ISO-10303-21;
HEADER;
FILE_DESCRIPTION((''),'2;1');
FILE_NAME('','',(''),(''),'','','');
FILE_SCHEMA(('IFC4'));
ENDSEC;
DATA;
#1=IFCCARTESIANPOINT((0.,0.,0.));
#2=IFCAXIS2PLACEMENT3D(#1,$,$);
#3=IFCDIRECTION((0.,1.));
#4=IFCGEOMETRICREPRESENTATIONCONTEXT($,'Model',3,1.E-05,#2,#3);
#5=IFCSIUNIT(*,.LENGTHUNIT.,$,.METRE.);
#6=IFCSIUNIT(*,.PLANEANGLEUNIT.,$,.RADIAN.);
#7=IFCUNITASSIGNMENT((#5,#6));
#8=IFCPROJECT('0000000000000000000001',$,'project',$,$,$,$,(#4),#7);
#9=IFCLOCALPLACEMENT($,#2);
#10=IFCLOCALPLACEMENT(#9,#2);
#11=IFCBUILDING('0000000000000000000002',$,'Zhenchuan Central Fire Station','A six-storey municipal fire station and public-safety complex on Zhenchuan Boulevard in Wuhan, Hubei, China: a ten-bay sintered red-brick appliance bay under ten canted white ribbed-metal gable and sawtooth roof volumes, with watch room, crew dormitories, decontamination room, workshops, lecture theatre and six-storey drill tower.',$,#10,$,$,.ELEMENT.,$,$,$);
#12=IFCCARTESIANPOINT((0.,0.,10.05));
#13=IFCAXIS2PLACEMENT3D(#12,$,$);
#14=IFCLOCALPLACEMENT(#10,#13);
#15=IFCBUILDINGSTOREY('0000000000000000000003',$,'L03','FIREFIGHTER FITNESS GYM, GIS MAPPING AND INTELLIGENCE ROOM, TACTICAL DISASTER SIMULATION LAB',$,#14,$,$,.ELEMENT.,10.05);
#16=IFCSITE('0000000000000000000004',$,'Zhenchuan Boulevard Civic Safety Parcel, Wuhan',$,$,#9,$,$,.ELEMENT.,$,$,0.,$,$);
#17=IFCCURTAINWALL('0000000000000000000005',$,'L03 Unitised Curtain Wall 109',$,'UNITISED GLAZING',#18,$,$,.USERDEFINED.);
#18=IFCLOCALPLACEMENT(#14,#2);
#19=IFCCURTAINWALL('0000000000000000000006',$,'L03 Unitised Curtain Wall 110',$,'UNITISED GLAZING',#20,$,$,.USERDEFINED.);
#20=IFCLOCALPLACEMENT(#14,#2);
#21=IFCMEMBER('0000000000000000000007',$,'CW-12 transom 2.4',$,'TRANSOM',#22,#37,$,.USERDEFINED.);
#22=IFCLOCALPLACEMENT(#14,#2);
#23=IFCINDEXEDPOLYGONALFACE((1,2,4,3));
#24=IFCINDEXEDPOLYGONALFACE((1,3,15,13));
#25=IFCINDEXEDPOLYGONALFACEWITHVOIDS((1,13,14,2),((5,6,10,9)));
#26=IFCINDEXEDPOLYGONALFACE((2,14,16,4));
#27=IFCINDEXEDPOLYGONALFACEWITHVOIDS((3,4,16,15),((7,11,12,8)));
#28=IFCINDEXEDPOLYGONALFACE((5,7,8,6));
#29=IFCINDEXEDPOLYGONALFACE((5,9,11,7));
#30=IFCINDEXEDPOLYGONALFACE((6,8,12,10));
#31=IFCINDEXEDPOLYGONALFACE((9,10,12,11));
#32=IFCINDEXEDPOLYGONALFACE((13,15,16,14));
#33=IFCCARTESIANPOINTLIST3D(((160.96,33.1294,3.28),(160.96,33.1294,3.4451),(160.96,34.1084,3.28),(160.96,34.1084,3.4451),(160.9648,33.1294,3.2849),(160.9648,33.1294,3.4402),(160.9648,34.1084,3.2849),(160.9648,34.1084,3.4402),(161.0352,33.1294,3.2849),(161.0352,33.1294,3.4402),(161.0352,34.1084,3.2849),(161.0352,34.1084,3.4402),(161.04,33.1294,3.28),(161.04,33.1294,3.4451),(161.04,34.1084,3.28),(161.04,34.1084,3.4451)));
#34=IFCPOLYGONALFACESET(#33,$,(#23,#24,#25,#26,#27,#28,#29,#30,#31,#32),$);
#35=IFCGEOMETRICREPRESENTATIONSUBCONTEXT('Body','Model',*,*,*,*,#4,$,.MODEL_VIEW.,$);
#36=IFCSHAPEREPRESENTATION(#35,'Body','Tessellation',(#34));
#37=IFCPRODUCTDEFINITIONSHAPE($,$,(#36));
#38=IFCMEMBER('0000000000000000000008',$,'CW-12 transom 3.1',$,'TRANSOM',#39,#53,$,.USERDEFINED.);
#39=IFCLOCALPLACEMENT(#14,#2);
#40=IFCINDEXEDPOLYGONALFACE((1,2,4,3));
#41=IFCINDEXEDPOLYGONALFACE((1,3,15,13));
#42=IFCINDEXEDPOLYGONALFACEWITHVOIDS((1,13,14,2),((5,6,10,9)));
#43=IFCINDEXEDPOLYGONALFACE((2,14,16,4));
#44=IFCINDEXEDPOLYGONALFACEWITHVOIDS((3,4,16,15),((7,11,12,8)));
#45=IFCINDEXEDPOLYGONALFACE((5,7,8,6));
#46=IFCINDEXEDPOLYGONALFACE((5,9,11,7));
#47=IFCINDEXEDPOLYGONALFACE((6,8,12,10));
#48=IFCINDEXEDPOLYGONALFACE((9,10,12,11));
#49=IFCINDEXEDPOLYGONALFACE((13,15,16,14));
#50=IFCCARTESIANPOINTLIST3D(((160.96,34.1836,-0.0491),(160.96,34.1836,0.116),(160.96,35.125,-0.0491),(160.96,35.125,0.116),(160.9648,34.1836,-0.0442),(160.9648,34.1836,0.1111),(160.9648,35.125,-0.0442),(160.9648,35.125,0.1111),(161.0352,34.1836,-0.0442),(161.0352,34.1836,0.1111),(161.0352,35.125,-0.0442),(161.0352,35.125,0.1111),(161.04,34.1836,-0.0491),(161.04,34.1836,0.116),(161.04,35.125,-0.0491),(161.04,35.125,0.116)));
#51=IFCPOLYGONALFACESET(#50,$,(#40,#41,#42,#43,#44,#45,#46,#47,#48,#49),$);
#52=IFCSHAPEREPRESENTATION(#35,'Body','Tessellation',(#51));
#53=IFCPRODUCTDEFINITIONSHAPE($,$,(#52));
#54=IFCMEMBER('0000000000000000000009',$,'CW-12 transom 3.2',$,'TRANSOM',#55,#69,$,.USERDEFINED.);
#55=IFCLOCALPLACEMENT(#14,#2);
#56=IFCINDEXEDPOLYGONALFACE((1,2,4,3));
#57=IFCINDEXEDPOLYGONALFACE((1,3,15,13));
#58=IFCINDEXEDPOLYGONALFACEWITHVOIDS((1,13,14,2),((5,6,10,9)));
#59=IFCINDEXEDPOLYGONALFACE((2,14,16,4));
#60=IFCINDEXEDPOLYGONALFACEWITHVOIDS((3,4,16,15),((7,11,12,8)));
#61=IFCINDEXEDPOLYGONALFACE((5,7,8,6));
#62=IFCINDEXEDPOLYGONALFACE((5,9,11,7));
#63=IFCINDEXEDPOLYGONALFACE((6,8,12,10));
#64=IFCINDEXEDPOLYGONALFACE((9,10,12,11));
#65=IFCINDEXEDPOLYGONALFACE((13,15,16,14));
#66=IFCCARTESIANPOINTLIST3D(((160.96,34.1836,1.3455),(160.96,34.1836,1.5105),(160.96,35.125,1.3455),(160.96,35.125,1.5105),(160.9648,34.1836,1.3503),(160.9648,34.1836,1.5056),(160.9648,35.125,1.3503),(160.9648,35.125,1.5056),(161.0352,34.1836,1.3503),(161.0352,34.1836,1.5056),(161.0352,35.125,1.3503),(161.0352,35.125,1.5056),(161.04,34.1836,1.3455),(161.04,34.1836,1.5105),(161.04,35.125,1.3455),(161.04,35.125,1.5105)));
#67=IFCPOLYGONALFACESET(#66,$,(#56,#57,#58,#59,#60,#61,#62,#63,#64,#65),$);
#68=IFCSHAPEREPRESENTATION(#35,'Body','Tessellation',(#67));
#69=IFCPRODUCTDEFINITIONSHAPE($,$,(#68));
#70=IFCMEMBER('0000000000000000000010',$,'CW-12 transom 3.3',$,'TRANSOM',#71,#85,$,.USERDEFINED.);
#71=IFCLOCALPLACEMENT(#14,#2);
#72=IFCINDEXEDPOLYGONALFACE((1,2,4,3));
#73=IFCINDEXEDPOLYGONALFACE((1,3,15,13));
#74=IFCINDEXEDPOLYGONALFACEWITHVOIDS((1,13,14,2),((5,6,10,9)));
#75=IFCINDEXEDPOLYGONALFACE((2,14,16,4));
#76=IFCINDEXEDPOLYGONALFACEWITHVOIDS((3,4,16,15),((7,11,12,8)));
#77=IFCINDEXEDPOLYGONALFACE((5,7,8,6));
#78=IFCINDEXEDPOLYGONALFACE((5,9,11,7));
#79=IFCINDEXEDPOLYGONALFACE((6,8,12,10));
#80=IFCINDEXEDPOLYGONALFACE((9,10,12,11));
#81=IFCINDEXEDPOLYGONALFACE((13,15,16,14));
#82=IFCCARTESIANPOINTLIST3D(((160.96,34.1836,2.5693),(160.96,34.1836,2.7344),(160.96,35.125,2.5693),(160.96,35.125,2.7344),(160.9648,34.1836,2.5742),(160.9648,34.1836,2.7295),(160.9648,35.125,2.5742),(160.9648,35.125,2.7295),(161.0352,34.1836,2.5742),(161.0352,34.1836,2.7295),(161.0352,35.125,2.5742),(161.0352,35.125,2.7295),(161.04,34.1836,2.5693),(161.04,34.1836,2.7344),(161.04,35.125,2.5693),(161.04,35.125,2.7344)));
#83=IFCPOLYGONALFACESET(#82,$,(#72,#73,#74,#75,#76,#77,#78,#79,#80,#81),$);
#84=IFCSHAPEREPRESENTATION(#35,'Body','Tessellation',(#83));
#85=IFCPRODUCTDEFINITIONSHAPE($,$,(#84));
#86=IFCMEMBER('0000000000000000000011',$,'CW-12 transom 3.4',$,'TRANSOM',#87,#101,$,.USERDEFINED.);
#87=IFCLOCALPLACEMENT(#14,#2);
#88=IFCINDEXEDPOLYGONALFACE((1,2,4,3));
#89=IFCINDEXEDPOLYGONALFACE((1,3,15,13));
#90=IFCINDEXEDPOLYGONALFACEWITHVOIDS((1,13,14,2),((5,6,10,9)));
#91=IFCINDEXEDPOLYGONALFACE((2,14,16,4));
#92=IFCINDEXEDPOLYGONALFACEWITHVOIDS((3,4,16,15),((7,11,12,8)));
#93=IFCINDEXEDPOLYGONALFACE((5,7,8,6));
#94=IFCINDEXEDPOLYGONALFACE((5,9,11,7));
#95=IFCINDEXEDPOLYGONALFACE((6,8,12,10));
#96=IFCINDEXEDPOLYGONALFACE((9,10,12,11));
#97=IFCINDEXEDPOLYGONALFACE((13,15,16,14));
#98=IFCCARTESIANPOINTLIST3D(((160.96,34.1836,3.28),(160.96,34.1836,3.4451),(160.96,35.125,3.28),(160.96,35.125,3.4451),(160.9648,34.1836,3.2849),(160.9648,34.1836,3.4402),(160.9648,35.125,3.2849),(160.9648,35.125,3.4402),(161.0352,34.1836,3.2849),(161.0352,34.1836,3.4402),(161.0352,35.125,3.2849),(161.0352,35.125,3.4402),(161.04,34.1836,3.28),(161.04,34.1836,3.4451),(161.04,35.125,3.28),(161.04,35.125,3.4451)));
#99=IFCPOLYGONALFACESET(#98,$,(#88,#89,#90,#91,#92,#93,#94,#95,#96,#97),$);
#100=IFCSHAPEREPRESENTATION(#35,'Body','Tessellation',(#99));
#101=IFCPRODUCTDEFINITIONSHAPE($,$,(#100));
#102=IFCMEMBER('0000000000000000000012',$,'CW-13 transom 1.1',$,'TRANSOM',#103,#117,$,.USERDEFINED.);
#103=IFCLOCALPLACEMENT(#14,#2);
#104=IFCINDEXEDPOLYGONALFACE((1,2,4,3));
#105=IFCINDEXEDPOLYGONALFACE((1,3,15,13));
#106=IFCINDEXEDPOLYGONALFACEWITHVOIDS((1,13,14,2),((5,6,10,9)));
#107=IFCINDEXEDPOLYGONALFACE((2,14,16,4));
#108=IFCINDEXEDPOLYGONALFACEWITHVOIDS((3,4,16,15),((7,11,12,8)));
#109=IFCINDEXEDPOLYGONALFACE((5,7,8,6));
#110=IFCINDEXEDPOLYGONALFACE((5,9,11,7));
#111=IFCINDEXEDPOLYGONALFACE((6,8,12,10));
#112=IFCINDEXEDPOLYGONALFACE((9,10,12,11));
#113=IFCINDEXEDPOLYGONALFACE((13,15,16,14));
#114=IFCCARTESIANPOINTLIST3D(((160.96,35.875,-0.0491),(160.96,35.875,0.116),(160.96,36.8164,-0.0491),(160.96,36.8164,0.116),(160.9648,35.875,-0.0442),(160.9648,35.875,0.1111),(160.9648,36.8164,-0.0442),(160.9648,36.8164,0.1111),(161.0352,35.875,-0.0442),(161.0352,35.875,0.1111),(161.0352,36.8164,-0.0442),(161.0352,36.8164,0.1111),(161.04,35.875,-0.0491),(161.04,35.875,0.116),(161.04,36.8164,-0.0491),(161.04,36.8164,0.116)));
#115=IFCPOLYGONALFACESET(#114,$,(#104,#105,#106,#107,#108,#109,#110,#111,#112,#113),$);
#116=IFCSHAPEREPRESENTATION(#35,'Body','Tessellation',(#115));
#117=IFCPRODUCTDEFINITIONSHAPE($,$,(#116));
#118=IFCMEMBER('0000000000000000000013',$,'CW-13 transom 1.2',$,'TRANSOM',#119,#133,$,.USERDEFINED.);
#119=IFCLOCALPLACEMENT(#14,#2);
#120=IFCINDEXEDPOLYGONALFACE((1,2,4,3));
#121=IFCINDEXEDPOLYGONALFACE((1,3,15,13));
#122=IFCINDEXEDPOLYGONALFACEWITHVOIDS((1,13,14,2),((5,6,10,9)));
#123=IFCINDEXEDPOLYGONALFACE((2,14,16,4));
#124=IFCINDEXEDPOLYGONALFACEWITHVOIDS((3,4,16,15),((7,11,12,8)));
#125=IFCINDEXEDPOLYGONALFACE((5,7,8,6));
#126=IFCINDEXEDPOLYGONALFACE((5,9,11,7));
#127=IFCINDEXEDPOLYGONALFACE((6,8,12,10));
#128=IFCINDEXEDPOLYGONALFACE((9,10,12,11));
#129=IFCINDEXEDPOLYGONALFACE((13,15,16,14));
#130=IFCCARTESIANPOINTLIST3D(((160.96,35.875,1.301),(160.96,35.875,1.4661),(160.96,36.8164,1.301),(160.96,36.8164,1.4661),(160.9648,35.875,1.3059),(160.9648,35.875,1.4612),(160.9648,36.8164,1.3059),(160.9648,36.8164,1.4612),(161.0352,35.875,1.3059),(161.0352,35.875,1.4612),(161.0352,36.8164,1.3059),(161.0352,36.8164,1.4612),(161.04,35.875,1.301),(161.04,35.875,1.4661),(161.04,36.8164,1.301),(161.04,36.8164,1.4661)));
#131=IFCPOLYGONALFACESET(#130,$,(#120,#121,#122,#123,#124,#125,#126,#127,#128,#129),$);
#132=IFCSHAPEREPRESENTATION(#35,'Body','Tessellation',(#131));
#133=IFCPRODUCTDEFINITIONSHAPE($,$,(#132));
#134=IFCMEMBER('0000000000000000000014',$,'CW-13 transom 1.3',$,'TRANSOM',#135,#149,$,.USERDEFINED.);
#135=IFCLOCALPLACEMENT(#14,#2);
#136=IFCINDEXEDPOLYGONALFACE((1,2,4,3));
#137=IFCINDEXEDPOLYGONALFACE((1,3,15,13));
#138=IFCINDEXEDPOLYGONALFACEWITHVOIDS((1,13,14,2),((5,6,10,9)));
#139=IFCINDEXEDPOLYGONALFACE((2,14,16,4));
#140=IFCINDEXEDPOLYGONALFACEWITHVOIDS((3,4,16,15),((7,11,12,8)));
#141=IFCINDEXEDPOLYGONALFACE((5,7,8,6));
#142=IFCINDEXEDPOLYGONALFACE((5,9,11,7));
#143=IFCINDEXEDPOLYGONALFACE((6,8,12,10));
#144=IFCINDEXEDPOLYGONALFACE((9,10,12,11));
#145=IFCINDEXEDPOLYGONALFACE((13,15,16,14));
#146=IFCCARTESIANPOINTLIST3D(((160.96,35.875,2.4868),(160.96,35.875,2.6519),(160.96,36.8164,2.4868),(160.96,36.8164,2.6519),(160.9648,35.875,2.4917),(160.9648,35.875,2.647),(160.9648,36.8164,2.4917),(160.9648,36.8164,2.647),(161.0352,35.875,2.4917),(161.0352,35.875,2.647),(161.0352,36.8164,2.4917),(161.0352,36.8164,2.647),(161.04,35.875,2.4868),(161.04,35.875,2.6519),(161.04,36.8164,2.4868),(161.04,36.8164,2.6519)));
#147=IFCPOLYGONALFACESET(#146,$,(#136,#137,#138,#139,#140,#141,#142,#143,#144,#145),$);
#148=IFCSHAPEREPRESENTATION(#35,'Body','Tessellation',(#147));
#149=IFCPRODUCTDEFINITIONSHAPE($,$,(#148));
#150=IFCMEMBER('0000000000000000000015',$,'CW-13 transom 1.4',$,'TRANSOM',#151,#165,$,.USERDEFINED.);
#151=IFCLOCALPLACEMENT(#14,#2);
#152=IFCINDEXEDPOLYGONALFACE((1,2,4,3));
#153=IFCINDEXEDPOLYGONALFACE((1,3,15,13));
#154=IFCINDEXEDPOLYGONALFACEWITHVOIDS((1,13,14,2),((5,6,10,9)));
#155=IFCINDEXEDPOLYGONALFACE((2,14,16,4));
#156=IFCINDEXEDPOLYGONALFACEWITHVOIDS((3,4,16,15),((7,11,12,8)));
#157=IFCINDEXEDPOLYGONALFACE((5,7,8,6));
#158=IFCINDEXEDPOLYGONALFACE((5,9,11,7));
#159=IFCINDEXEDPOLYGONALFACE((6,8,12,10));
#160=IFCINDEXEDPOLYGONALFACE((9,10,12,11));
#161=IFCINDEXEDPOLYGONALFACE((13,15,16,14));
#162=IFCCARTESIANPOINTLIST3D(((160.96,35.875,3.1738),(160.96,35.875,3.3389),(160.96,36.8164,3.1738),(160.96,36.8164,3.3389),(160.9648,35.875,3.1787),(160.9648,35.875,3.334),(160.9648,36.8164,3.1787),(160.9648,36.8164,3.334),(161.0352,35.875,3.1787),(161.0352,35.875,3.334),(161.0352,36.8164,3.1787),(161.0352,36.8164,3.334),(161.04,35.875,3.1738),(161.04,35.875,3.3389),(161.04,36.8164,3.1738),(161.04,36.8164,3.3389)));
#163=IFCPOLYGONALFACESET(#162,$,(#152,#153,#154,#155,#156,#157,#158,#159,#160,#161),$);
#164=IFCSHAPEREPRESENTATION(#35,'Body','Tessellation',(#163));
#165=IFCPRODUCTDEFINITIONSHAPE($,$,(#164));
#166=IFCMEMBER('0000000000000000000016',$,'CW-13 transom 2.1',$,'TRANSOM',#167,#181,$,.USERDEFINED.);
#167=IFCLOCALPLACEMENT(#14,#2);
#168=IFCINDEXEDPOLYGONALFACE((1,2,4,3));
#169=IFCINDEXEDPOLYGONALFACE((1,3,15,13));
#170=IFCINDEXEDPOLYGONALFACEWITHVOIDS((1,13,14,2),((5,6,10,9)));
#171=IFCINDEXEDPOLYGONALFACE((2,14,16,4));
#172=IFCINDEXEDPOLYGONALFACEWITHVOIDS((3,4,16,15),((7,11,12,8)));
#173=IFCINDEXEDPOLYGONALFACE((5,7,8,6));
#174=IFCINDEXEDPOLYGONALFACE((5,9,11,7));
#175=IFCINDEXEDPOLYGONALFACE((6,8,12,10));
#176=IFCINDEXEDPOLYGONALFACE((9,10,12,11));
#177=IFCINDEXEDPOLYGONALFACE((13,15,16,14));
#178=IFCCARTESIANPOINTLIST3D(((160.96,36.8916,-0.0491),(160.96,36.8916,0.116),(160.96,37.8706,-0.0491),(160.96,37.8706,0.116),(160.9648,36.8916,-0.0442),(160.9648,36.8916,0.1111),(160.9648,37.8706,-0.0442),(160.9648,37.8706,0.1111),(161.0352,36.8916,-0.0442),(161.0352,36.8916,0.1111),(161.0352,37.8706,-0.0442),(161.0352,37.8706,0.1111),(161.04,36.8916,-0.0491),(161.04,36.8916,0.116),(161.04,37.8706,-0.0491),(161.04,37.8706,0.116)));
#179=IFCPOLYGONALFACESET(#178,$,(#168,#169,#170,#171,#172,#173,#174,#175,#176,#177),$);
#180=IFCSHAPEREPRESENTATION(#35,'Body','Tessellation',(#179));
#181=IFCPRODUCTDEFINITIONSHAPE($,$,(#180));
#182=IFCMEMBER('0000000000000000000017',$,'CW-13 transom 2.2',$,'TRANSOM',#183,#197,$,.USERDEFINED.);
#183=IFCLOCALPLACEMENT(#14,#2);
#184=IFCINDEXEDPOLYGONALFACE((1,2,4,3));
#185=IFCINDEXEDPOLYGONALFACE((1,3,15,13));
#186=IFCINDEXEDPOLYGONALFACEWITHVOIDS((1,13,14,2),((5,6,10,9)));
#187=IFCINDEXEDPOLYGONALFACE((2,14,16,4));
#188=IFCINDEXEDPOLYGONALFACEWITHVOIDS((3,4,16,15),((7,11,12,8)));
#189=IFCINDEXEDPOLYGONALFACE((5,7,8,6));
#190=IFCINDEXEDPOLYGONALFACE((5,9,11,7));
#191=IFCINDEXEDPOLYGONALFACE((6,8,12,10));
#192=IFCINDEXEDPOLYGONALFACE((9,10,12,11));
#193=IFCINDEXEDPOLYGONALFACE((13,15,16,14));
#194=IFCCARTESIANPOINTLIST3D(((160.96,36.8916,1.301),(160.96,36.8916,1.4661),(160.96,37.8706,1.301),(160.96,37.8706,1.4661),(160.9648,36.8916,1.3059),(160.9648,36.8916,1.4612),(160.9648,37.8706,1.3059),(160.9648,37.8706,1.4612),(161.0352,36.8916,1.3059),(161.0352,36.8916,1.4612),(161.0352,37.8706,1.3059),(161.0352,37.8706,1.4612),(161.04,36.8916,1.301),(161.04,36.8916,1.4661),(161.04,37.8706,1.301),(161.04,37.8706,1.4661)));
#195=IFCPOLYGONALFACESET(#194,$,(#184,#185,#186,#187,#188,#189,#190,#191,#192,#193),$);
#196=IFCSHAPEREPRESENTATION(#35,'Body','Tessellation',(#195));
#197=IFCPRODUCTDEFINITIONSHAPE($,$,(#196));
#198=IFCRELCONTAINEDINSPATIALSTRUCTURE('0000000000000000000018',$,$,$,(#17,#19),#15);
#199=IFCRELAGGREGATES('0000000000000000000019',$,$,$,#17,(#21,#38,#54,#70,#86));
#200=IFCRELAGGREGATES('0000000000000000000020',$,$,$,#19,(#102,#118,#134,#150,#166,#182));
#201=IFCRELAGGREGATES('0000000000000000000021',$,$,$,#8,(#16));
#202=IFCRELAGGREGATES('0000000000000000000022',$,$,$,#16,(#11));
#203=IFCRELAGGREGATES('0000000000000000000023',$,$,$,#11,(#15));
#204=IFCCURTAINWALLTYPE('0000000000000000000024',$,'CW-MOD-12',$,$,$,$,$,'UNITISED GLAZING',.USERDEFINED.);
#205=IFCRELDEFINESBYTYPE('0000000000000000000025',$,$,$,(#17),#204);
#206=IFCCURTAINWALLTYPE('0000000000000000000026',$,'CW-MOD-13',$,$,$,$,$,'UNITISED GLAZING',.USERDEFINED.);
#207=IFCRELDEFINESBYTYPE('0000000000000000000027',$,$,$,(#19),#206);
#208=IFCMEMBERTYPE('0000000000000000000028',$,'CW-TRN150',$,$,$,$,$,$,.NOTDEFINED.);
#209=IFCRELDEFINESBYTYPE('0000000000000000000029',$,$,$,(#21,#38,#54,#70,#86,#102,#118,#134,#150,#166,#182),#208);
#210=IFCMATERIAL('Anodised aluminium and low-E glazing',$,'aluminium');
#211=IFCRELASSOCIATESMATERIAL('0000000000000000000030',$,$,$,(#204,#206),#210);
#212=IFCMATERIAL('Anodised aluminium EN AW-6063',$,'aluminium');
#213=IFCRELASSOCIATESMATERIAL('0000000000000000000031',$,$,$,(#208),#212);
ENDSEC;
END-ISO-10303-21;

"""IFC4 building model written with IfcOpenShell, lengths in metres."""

from ifc_helpers import new_model, si_unit, direction, frame, origin, origin_2d, place, context, subcontext, project, spatial, hollow_rectangle, extrude, material, material_profile, profile_set, type_object, element, aggregate, save


model = new_model("IFC4")

# Units and contexts
model_context = context("Model", 3, precision=1e-05, world=origin(), true_north=direction((0.0, 1.0)))
body_context = subcontext(model_context, "Body", "Model", "MODEL_VIEW")
ifc_project = project(units=[si_unit("LENGTHUNIT", "METRE"), si_unit("PLANEANGLEUNIT", "RADIAN")], contexts=[model_context])

# Site, building, storey
site_placement = place(None, origin())
site = spatial("IfcSite", under=ifc_project, at=site_placement, Name="Zhenchuan Boulevard Civic Safety Parcel, Wuhan", CompositionType="ELEMENT", RefElevation=0.0)
building_placement = place(site_placement, origin())
building = spatial("IfcBuilding", under=site, at=building_placement, Name="Zhenchuan Central Fire Station", Description="A six-storey municipal fire station and public-safety complex on Zhenchuan Boulevard in Wuhan, Hubei, China: a ten-bay sintered red-brick appliance bay under ten canted white ribbed-metal gable and sawtooth roof volumes, with watch room, crew dormitories, decontamination room, workshops, lecture theatre and six-storey drill tower.", CompositionType="ELEMENT")
storey_placement = place(building_placement, frame((0.0, 0.0, 10.05)))
storey = spatial("IfcBuildingStorey", under=building, at=storey_placement, Name="L03", Description="FIREFIGHTER FITNESS GYM, GIS MAPPING AND INTELLIGENCE ROOM, TACTICAL DISASTER SIMULATION LAB", CompositionType="ELEMENT", Elevation=10.05)

# Curtain walls
ifc_material_1 = material(Name="Anodised aluminium and low-E glazing", Category="aluminium")
curtain_wall_type_1 = type_object("IfcCurtainWallType", Name="CW-MOD-12", ElementType="UNITISED GLAZING", PredefinedType="USERDEFINED", material=ifc_material_1)
curtain_wall_1_placement = place(storey_placement, origin())
curtain_wall_1 = element("IfcCurtainWall", 1, at=curtain_wall_1_placement, inside=storey, type_object=curtain_wall_type_1, Name="L03 Unitised Curtain Wall 109", ObjectType="UNITISED GLAZING", PredefinedType="USERDEFINED")
ifc_material_2 = material(Name="Anodised aluminium EN AW-6063", Category="aluminium")
curtain_wall_type_2 = type_object("IfcCurtainWallType", Name="CW-MOD-13", ElementType="UNITISED GLAZING", PredefinedType="USERDEFINED", material=ifc_material_1)
curtain_wall_2_placement = place(storey_placement, origin())
curtain_wall_2 = element("IfcCurtainWall", 2, at=curtain_wall_2_placement, inside=storey, type_object=curtain_wall_type_2, Name="L03 Unitised Curtain Wall 110", ObjectType="UNITISED GLAZING", PredefinedType="USERDEFINED")

# Members
ifc_material_profile_1 = material_profile(ifc_material_2, hollow_rectangle(XDim=0.0801, YDim=0.165, WallThickness=0.0049, at=origin_2d()), Name="ALU-T 165x80")
ifc_profile_set_1 = profile_set([ifc_material_profile_1], Name="Anodised aluminium EN AW-6063")
member_type_1 = type_object("IfcMemberType", Name="CW-TRN150", PredefinedType="NOTDEFINED", material=ifc_profile_set_1)
member_1_placement = place(storey_placement, frame((161.0, 33.1294, 3.3625), z_axis=(0.0, 1.0, 0.0), x_axis=(-1.0, 0.0, 0.0)))
member_1 = element("IfcMember", 3, at=member_1_placement, type_object=member_type_1, Name="CW-12 transom 2.4", ObjectType="TRANSOM", PredefinedType="USERDEFINED", context=body_context, shape_type="SweptSolid", body=[
    extrude(hollow_rectangle(XDim=0.0801, YDim=0.165, WallThickness=0.0049, at=origin_2d()), origin(), (0.0, 0.0, 1.0), 0.979),
])
member_2_placement = place(storey_placement, frame((161.0, 34.1836, 0.0334), z_axis=(0.0, 1.0, 0.0), x_axis=(-1.0, 0.0, 0.0)))
member_2 = element("IfcMember", 4, at=member_2_placement, type_object=member_type_1, Name="CW-12 transom 3.1", ObjectType="TRANSOM", PredefinedType="USERDEFINED", context=body_context, shape_type="SweptSolid", body=[
    extrude(hollow_rectangle(XDim=0.0801, YDim=0.165, WallThickness=0.0049, at=origin_2d()), origin(), (0.0, 0.0, 1.0), 0.9414),
])
member_3_placement = place(storey_placement, frame((161.0, 34.1836, 1.428), z_axis=(0.0, 1.0, 0.0), x_axis=(-1.0, 0.0, 0.0)))
member_3 = element("IfcMember", 5, at=member_3_placement, type_object=member_type_1, Name="CW-12 transom 3.2", ObjectType="TRANSOM", PredefinedType="USERDEFINED", context=body_context, shape_type="SweptSolid", body=[
    extrude(hollow_rectangle(XDim=0.0801, YDim=0.165, WallThickness=0.0049, at=origin_2d()), origin(), (0.0, 0.0, 1.0), 0.9414),
])
member_4_placement = place(storey_placement, frame((161.0, 34.1836, 2.6519), z_axis=(0.0, 1.0, 0.0), x_axis=(-1.0, 0.0, 0.0)))
member_4 = element("IfcMember", 6, at=member_4_placement, type_object=member_type_1, Name="CW-12 transom 3.3", ObjectType="TRANSOM", PredefinedType="USERDEFINED", context=body_context, shape_type="SweptSolid", body=[
    extrude(hollow_rectangle(XDim=0.0801, YDim=0.165, WallThickness=0.0049, at=origin_2d()), origin(), (0.0, 0.0, 1.0), 0.9414),
])
member_5_placement = place(storey_placement, frame((161.0, 34.1836, 3.3625), z_axis=(0.0, 1.0, 0.0), x_axis=(-1.0, 0.0, 0.0)))
member_5 = element("IfcMember", 7, at=member_5_placement, type_object=member_type_1, Name="CW-12 transom 3.4", ObjectType="TRANSOM", PredefinedType="USERDEFINED", context=body_context, shape_type="SweptSolid", body=[
    extrude(hollow_rectangle(XDim=0.0801, YDim=0.165, WallThickness=0.0049, at=origin_2d()), origin(), (0.0, 0.0, 1.0), 0.9414),
])
member_6_placement = place(storey_placement, frame((161.0, 35.875, 0.0334), z_axis=(0.0, 1.0, 0.0), x_axis=(-1.0, 0.0, 0.0)))
member_6 = element("IfcMember", 8, at=member_6_placement, type_object=member_type_1, Name="CW-13 transom 1.1", ObjectType="TRANSOM", PredefinedType="USERDEFINED", context=body_context, shape_type="SweptSolid", body=[
    extrude(hollow_rectangle(XDim=0.0801, YDim=0.165, WallThickness=0.0049, at=origin_2d()), origin(), (0.0, 0.0, 1.0), 0.9414),
])
member_7_placement = place(storey_placement, frame((161.0, 35.875, 1.3835), z_axis=(0.0, 1.0, 0.0), x_axis=(-1.0, 0.0, 0.0)))
member_7 = element("IfcMember", 9, at=member_7_placement, type_object=member_type_1, Name="CW-13 transom 1.2", ObjectType="TRANSOM", PredefinedType="USERDEFINED", context=body_context, shape_type="SweptSolid", body=[
    extrude(hollow_rectangle(XDim=0.0801, YDim=0.165, WallThickness=0.0049, at=origin_2d()), origin(), (0.0, 0.0, 1.0), 0.9414),
])
member_8_placement = place(storey_placement, frame((161.0, 35.875, 2.5693), z_axis=(0.0, 1.0, 0.0), x_axis=(-1.0, 0.0, 0.0)))
member_8 = element("IfcMember", 10, at=member_8_placement, type_object=member_type_1, Name="CW-13 transom 1.3", ObjectType="TRANSOM", PredefinedType="USERDEFINED", context=body_context, shape_type="SweptSolid", body=[
    extrude(hollow_rectangle(XDim=0.0801, YDim=0.165, WallThickness=0.0049, at=origin_2d()), origin(), (0.0, 0.0, 1.0), 0.9414),
])
member_9_placement = place(storey_placement, frame((161.0, 35.875, 3.2563), z_axis=(0.0, 1.0, 0.0), x_axis=(-1.0, 0.0, 0.0)))
member_9 = element("IfcMember", 11, at=member_9_placement, type_object=member_type_1, Name="CW-13 transom 1.4", ObjectType="TRANSOM", PredefinedType="USERDEFINED", context=body_context, shape_type="SweptSolid", body=[
    extrude(hollow_rectangle(XDim=0.0801, YDim=0.165, WallThickness=0.0049, at=origin_2d()), origin(), (0.0, 0.0, 1.0), 0.9414),
])
member_10_placement = place(storey_placement, frame((161.0, 36.8916, 0.0334), z_axis=(0.0, 1.0, 0.0), x_axis=(-1.0, 0.0, 0.0)))
member_10 = element("IfcMember", 12, at=member_10_placement, type_object=member_type_1, Name="CW-13 transom 2.1", ObjectType="TRANSOM", PredefinedType="USERDEFINED", context=body_context, shape_type="SweptSolid", body=[
    extrude(hollow_rectangle(XDim=0.0801, YDim=0.165, WallThickness=0.0049, at=origin_2d()), origin(), (0.0, 0.0, 1.0), 0.979),
])
member_11_placement = place(storey_placement, frame((161.0, 36.8916, 1.3835), z_axis=(0.0, 1.0, 0.0), x_axis=(-1.0, 0.0, 0.0)))
member_11 = element("IfcMember", 13, at=member_11_placement, type_object=member_type_1, Name="CW-13 transom 2.2", ObjectType="TRANSOM", PredefinedType="USERDEFINED", context=body_context, shape_type="SweptSolid", body=[
    extrude(hollow_rectangle(XDim=0.0801, YDim=0.165, WallThickness=0.0049, at=origin_2d()), origin(), (0.0, 0.0, 1.0), 0.979),
])

aggregate(curtain_wall_1, [member_1, member_2, member_3, member_4, member_5])
aggregate(curtain_wall_2, [member_6, member_7, member_8, member_9, member_10, member_11])

save(model, "model.ifc")
